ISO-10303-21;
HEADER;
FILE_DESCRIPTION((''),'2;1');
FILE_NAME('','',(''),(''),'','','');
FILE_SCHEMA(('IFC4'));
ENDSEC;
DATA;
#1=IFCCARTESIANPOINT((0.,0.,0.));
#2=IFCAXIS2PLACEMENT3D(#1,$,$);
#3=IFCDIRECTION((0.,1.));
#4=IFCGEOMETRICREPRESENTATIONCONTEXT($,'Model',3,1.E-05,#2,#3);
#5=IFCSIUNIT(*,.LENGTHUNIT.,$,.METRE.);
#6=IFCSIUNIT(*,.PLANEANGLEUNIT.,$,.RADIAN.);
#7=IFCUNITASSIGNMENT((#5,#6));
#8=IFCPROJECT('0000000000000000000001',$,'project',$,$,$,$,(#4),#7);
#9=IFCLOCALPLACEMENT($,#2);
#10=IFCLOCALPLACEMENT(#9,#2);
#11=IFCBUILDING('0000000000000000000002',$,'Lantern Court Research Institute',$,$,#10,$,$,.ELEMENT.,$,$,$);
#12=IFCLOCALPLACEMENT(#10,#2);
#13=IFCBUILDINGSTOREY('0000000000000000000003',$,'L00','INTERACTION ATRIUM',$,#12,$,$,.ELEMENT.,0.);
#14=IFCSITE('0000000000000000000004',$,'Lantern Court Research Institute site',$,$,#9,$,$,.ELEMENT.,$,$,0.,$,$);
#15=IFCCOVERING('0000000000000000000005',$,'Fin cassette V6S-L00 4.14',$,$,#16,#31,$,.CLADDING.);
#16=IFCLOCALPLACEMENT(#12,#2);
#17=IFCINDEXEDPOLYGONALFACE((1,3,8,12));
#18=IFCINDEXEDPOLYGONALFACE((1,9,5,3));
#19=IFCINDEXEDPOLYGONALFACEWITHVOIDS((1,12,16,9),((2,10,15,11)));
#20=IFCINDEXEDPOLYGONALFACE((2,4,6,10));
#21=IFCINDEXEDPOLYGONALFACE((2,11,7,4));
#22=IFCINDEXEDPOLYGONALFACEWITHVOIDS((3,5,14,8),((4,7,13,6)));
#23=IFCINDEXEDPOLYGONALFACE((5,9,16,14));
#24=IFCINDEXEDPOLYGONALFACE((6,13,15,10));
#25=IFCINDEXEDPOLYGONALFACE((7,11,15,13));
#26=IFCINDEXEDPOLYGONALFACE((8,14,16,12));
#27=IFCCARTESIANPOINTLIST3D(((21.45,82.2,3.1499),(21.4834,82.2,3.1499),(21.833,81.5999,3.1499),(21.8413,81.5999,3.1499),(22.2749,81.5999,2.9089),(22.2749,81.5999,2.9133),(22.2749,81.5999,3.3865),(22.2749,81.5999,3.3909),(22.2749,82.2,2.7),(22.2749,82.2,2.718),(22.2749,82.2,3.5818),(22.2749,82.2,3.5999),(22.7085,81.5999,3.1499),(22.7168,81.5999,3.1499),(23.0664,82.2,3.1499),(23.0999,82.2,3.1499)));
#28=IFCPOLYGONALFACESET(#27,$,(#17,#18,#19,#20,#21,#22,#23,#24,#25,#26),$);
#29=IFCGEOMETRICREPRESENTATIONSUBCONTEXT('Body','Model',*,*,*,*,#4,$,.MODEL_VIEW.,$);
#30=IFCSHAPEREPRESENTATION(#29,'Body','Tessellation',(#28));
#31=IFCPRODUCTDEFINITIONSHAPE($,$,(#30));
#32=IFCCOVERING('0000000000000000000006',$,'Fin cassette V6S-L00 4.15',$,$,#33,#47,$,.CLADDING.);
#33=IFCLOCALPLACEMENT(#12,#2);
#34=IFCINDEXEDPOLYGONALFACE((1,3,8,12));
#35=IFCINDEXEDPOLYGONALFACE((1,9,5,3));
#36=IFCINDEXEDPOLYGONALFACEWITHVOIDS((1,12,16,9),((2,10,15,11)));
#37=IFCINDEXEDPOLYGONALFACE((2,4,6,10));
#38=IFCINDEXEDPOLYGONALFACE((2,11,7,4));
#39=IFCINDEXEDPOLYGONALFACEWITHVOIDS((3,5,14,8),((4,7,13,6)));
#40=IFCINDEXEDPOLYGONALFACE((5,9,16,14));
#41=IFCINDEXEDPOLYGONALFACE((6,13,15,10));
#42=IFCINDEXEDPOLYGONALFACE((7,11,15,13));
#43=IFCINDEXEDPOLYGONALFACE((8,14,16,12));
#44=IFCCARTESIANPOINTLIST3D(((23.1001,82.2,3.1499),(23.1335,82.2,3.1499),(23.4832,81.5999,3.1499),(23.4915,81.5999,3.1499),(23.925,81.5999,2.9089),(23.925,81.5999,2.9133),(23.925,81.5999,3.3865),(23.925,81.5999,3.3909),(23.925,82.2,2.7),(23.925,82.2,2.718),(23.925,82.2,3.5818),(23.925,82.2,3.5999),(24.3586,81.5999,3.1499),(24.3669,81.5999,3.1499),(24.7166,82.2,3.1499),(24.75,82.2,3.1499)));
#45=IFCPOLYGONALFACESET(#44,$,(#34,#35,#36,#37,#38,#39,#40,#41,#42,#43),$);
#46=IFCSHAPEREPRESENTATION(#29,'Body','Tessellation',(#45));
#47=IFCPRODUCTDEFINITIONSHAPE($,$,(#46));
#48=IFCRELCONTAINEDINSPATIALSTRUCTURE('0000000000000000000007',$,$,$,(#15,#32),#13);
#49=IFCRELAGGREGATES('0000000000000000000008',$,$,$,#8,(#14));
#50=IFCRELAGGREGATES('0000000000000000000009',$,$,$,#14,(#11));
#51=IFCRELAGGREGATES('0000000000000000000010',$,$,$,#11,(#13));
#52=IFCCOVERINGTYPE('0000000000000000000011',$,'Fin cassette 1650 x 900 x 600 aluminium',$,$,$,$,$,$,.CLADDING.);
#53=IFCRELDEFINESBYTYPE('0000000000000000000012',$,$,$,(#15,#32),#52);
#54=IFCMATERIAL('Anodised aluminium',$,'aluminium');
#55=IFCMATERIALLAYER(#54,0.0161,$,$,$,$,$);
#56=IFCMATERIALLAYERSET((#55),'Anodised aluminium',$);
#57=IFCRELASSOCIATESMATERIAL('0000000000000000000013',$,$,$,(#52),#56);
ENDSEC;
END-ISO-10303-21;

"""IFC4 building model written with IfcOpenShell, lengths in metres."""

from ifc_helpers import new_model, entity, si_unit, direction, frame, origin, place, context, subcontext, project, spatial, material, layer, layer_set, type_object, element, save


model = new_model("IFC4")

# Units and contexts
model_context = context("Model", 3, precision=1e-05, world=origin(), true_north=direction((0.0, 1.0)))
body_context = subcontext(model_context, "Body", "Model", "MODEL_VIEW")
ifc_project = project(units=[si_unit("LENGTHUNIT", "METRE"), si_unit("PLANEANGLEUNIT", "RADIAN")], contexts=[model_context])

# Site, building, storey
site_placement = place(None, origin())
site = spatial("IfcSite", under=ifc_project, at=site_placement, Name="Lantern Court Research Institute site", CompositionType="ELEMENT", RefElevation=0.0)
building_placement = place(site_placement, origin())
building = spatial("IfcBuilding", under=site, at=building_placement, Name="Lantern Court Research Institute", CompositionType="ELEMENT")
storey_placement = place(building_placement, origin())
storey = spatial("IfcBuildingStorey", under=building, at=storey_placement, Name="L00", Description="INTERACTION ATRIUM", CompositionType="ELEMENT", Elevation=0.0)

# Coverings
ifc_material_1 = material(Name="Anodised aluminium", Category="aluminium")
ifc_layer_1 = layer(ifc_material_1, 0.0161)
ifc_layer_set_1 = layer_set([ifc_layer_1], Name="Anodised aluminium")
covering_type_1 = type_object("IfcCoveringType", Name="Fin cassette 1650 x 900 x 600 aluminium", PredefinedType="CLADDING", material=ifc_layer_set_1)
covering_1_placement = place(storey_placement, frame((22.2749, 82.2, 3.1499), z_axis=(0.0, -1.0, 0.0), x_axis=(1.0, 0.0, 0.0)))
cartesian_point_1 = entity("IfcCartesianPoint", [0.825, 0.0])
cartesian_point_2 = entity("IfcCartesianPoint", [0.7915, 0.0])
cartesian_point_3 = entity("IfcCartesianPoint", [0.4419, 0.0])
cartesian_point_4 = entity("IfcCartesianPoint", [0.4336, 0.0])
element("IfcCovering", 1, at=covering_1_placement, inside=storey, type_object=covering_type_1, Name="Fin cassette V6S-L00 4.14", PredefinedType="CLADDING", context=body_context, shape_type="SweptSolid", body=[
    entity("IfcExtrudedAreaSolidTapered", entity("IfcArbitraryProfileDefWithVoids", "AREA", None, entity("IfcPolyline", [cartesian_point_1, entity("IfcCartesianPoint", [0.0, 0.45]), entity("IfcCartesianPoint", [-0.825, 0.0]), entity("IfcCartesianPoint", [0.0, -0.45]), cartesian_point_1]), [entity("IfcPolyline", [cartesian_point_2, entity("IfcCartesianPoint", [0.0, 0.4319]), entity("IfcCartesianPoint", [-0.7915, 0.0]), entity("IfcCartesianPoint", [0.0, -0.4319]), cartesian_point_2])]), entity("IfcAxis2Placement3D", entity("IfcCartesianPoint", [0.0, 0.0, 0.0])), entity("IfcDirection", [0.0, 0.0, 1.0]), 0.6001, entity("IfcArbitraryProfileDefWithVoids", "AREA", None, entity("IfcPolyline", [cartesian_point_3, entity("IfcCartesianPoint", [0.0, 0.241]), entity("IfcCartesianPoint", [-0.4419, 0.0]), entity("IfcCartesianPoint", [0.0, -0.241]), cartesian_point_3]), [entity("IfcPolyline", [cartesian_point_4, entity("IfcCartesianPoint", [0.0, 0.2366]), entity("IfcCartesianPoint", [-0.4336, 0.0]), entity("IfcCartesianPoint", [0.0, -0.2366]), cartesian_point_4])])),
])
covering_2_placement = place(storey_placement, frame((23.925, 82.2, 3.1499), z_axis=(0.0, -1.0, 0.0), x_axis=(1.0, 0.0, 0.0)))
cartesian_point_5 = entity("IfcCartesianPoint", [0.825, 0.0])
cartesian_point_6 = entity("IfcCartesianPoint", [0.7915, 0.0])
cartesian_point_7 = entity("IfcCartesianPoint", [0.4419, 0.0])
cartesian_point_8 = entity("IfcCartesianPoint", [0.4336, 0.0])
element("IfcCovering", 2, at=covering_2_placement, inside=storey, type_object=covering_type_1, Name="Fin cassette V6S-L00 4.15", PredefinedType="CLADDING", context=body_context, shape_type="SweptSolid", body=[
    entity("IfcExtrudedAreaSolidTapered", entity("IfcArbitraryProfileDefWithVoids", "AREA", None, entity("IfcPolyline", [cartesian_point_5, entity("IfcCartesianPoint", [0.0, 0.45]), entity("IfcCartesianPoint", [-0.825, 0.0]), entity("IfcCartesianPoint", [0.0, -0.45]), cartesian_point_5]), [entity("IfcPolyline", [cartesian_point_6, entity("IfcCartesianPoint", [0.0, 0.4319]), entity("IfcCartesianPoint", [-0.7915, 0.0]), entity("IfcCartesianPoint", [0.0, -0.4319]), cartesian_point_6])]), entity("IfcAxis2Placement3D", entity("IfcCartesianPoint", [0.0, 0.0, 0.0])), entity("IfcDirection", [0.0, 0.0, 1.0]), 0.6001, entity("IfcArbitraryProfileDefWithVoids", "AREA", None, entity("IfcPolyline", [cartesian_point_7, entity("IfcCartesianPoint", [0.0, 0.241]), entity("IfcCartesianPoint", [-0.4419, 0.0]), entity("IfcCartesianPoint", [0.0, -0.241]), cartesian_point_7]), [entity("IfcPolyline", [cartesian_point_8, entity("IfcCartesianPoint", [0.0, 0.2366]), entity("IfcCartesianPoint", [-0.4336, 0.0]), entity("IfcCartesianPoint", [0.0, -0.2366]), cartesian_point_8])])),
])

save(model, "model.ifc")
